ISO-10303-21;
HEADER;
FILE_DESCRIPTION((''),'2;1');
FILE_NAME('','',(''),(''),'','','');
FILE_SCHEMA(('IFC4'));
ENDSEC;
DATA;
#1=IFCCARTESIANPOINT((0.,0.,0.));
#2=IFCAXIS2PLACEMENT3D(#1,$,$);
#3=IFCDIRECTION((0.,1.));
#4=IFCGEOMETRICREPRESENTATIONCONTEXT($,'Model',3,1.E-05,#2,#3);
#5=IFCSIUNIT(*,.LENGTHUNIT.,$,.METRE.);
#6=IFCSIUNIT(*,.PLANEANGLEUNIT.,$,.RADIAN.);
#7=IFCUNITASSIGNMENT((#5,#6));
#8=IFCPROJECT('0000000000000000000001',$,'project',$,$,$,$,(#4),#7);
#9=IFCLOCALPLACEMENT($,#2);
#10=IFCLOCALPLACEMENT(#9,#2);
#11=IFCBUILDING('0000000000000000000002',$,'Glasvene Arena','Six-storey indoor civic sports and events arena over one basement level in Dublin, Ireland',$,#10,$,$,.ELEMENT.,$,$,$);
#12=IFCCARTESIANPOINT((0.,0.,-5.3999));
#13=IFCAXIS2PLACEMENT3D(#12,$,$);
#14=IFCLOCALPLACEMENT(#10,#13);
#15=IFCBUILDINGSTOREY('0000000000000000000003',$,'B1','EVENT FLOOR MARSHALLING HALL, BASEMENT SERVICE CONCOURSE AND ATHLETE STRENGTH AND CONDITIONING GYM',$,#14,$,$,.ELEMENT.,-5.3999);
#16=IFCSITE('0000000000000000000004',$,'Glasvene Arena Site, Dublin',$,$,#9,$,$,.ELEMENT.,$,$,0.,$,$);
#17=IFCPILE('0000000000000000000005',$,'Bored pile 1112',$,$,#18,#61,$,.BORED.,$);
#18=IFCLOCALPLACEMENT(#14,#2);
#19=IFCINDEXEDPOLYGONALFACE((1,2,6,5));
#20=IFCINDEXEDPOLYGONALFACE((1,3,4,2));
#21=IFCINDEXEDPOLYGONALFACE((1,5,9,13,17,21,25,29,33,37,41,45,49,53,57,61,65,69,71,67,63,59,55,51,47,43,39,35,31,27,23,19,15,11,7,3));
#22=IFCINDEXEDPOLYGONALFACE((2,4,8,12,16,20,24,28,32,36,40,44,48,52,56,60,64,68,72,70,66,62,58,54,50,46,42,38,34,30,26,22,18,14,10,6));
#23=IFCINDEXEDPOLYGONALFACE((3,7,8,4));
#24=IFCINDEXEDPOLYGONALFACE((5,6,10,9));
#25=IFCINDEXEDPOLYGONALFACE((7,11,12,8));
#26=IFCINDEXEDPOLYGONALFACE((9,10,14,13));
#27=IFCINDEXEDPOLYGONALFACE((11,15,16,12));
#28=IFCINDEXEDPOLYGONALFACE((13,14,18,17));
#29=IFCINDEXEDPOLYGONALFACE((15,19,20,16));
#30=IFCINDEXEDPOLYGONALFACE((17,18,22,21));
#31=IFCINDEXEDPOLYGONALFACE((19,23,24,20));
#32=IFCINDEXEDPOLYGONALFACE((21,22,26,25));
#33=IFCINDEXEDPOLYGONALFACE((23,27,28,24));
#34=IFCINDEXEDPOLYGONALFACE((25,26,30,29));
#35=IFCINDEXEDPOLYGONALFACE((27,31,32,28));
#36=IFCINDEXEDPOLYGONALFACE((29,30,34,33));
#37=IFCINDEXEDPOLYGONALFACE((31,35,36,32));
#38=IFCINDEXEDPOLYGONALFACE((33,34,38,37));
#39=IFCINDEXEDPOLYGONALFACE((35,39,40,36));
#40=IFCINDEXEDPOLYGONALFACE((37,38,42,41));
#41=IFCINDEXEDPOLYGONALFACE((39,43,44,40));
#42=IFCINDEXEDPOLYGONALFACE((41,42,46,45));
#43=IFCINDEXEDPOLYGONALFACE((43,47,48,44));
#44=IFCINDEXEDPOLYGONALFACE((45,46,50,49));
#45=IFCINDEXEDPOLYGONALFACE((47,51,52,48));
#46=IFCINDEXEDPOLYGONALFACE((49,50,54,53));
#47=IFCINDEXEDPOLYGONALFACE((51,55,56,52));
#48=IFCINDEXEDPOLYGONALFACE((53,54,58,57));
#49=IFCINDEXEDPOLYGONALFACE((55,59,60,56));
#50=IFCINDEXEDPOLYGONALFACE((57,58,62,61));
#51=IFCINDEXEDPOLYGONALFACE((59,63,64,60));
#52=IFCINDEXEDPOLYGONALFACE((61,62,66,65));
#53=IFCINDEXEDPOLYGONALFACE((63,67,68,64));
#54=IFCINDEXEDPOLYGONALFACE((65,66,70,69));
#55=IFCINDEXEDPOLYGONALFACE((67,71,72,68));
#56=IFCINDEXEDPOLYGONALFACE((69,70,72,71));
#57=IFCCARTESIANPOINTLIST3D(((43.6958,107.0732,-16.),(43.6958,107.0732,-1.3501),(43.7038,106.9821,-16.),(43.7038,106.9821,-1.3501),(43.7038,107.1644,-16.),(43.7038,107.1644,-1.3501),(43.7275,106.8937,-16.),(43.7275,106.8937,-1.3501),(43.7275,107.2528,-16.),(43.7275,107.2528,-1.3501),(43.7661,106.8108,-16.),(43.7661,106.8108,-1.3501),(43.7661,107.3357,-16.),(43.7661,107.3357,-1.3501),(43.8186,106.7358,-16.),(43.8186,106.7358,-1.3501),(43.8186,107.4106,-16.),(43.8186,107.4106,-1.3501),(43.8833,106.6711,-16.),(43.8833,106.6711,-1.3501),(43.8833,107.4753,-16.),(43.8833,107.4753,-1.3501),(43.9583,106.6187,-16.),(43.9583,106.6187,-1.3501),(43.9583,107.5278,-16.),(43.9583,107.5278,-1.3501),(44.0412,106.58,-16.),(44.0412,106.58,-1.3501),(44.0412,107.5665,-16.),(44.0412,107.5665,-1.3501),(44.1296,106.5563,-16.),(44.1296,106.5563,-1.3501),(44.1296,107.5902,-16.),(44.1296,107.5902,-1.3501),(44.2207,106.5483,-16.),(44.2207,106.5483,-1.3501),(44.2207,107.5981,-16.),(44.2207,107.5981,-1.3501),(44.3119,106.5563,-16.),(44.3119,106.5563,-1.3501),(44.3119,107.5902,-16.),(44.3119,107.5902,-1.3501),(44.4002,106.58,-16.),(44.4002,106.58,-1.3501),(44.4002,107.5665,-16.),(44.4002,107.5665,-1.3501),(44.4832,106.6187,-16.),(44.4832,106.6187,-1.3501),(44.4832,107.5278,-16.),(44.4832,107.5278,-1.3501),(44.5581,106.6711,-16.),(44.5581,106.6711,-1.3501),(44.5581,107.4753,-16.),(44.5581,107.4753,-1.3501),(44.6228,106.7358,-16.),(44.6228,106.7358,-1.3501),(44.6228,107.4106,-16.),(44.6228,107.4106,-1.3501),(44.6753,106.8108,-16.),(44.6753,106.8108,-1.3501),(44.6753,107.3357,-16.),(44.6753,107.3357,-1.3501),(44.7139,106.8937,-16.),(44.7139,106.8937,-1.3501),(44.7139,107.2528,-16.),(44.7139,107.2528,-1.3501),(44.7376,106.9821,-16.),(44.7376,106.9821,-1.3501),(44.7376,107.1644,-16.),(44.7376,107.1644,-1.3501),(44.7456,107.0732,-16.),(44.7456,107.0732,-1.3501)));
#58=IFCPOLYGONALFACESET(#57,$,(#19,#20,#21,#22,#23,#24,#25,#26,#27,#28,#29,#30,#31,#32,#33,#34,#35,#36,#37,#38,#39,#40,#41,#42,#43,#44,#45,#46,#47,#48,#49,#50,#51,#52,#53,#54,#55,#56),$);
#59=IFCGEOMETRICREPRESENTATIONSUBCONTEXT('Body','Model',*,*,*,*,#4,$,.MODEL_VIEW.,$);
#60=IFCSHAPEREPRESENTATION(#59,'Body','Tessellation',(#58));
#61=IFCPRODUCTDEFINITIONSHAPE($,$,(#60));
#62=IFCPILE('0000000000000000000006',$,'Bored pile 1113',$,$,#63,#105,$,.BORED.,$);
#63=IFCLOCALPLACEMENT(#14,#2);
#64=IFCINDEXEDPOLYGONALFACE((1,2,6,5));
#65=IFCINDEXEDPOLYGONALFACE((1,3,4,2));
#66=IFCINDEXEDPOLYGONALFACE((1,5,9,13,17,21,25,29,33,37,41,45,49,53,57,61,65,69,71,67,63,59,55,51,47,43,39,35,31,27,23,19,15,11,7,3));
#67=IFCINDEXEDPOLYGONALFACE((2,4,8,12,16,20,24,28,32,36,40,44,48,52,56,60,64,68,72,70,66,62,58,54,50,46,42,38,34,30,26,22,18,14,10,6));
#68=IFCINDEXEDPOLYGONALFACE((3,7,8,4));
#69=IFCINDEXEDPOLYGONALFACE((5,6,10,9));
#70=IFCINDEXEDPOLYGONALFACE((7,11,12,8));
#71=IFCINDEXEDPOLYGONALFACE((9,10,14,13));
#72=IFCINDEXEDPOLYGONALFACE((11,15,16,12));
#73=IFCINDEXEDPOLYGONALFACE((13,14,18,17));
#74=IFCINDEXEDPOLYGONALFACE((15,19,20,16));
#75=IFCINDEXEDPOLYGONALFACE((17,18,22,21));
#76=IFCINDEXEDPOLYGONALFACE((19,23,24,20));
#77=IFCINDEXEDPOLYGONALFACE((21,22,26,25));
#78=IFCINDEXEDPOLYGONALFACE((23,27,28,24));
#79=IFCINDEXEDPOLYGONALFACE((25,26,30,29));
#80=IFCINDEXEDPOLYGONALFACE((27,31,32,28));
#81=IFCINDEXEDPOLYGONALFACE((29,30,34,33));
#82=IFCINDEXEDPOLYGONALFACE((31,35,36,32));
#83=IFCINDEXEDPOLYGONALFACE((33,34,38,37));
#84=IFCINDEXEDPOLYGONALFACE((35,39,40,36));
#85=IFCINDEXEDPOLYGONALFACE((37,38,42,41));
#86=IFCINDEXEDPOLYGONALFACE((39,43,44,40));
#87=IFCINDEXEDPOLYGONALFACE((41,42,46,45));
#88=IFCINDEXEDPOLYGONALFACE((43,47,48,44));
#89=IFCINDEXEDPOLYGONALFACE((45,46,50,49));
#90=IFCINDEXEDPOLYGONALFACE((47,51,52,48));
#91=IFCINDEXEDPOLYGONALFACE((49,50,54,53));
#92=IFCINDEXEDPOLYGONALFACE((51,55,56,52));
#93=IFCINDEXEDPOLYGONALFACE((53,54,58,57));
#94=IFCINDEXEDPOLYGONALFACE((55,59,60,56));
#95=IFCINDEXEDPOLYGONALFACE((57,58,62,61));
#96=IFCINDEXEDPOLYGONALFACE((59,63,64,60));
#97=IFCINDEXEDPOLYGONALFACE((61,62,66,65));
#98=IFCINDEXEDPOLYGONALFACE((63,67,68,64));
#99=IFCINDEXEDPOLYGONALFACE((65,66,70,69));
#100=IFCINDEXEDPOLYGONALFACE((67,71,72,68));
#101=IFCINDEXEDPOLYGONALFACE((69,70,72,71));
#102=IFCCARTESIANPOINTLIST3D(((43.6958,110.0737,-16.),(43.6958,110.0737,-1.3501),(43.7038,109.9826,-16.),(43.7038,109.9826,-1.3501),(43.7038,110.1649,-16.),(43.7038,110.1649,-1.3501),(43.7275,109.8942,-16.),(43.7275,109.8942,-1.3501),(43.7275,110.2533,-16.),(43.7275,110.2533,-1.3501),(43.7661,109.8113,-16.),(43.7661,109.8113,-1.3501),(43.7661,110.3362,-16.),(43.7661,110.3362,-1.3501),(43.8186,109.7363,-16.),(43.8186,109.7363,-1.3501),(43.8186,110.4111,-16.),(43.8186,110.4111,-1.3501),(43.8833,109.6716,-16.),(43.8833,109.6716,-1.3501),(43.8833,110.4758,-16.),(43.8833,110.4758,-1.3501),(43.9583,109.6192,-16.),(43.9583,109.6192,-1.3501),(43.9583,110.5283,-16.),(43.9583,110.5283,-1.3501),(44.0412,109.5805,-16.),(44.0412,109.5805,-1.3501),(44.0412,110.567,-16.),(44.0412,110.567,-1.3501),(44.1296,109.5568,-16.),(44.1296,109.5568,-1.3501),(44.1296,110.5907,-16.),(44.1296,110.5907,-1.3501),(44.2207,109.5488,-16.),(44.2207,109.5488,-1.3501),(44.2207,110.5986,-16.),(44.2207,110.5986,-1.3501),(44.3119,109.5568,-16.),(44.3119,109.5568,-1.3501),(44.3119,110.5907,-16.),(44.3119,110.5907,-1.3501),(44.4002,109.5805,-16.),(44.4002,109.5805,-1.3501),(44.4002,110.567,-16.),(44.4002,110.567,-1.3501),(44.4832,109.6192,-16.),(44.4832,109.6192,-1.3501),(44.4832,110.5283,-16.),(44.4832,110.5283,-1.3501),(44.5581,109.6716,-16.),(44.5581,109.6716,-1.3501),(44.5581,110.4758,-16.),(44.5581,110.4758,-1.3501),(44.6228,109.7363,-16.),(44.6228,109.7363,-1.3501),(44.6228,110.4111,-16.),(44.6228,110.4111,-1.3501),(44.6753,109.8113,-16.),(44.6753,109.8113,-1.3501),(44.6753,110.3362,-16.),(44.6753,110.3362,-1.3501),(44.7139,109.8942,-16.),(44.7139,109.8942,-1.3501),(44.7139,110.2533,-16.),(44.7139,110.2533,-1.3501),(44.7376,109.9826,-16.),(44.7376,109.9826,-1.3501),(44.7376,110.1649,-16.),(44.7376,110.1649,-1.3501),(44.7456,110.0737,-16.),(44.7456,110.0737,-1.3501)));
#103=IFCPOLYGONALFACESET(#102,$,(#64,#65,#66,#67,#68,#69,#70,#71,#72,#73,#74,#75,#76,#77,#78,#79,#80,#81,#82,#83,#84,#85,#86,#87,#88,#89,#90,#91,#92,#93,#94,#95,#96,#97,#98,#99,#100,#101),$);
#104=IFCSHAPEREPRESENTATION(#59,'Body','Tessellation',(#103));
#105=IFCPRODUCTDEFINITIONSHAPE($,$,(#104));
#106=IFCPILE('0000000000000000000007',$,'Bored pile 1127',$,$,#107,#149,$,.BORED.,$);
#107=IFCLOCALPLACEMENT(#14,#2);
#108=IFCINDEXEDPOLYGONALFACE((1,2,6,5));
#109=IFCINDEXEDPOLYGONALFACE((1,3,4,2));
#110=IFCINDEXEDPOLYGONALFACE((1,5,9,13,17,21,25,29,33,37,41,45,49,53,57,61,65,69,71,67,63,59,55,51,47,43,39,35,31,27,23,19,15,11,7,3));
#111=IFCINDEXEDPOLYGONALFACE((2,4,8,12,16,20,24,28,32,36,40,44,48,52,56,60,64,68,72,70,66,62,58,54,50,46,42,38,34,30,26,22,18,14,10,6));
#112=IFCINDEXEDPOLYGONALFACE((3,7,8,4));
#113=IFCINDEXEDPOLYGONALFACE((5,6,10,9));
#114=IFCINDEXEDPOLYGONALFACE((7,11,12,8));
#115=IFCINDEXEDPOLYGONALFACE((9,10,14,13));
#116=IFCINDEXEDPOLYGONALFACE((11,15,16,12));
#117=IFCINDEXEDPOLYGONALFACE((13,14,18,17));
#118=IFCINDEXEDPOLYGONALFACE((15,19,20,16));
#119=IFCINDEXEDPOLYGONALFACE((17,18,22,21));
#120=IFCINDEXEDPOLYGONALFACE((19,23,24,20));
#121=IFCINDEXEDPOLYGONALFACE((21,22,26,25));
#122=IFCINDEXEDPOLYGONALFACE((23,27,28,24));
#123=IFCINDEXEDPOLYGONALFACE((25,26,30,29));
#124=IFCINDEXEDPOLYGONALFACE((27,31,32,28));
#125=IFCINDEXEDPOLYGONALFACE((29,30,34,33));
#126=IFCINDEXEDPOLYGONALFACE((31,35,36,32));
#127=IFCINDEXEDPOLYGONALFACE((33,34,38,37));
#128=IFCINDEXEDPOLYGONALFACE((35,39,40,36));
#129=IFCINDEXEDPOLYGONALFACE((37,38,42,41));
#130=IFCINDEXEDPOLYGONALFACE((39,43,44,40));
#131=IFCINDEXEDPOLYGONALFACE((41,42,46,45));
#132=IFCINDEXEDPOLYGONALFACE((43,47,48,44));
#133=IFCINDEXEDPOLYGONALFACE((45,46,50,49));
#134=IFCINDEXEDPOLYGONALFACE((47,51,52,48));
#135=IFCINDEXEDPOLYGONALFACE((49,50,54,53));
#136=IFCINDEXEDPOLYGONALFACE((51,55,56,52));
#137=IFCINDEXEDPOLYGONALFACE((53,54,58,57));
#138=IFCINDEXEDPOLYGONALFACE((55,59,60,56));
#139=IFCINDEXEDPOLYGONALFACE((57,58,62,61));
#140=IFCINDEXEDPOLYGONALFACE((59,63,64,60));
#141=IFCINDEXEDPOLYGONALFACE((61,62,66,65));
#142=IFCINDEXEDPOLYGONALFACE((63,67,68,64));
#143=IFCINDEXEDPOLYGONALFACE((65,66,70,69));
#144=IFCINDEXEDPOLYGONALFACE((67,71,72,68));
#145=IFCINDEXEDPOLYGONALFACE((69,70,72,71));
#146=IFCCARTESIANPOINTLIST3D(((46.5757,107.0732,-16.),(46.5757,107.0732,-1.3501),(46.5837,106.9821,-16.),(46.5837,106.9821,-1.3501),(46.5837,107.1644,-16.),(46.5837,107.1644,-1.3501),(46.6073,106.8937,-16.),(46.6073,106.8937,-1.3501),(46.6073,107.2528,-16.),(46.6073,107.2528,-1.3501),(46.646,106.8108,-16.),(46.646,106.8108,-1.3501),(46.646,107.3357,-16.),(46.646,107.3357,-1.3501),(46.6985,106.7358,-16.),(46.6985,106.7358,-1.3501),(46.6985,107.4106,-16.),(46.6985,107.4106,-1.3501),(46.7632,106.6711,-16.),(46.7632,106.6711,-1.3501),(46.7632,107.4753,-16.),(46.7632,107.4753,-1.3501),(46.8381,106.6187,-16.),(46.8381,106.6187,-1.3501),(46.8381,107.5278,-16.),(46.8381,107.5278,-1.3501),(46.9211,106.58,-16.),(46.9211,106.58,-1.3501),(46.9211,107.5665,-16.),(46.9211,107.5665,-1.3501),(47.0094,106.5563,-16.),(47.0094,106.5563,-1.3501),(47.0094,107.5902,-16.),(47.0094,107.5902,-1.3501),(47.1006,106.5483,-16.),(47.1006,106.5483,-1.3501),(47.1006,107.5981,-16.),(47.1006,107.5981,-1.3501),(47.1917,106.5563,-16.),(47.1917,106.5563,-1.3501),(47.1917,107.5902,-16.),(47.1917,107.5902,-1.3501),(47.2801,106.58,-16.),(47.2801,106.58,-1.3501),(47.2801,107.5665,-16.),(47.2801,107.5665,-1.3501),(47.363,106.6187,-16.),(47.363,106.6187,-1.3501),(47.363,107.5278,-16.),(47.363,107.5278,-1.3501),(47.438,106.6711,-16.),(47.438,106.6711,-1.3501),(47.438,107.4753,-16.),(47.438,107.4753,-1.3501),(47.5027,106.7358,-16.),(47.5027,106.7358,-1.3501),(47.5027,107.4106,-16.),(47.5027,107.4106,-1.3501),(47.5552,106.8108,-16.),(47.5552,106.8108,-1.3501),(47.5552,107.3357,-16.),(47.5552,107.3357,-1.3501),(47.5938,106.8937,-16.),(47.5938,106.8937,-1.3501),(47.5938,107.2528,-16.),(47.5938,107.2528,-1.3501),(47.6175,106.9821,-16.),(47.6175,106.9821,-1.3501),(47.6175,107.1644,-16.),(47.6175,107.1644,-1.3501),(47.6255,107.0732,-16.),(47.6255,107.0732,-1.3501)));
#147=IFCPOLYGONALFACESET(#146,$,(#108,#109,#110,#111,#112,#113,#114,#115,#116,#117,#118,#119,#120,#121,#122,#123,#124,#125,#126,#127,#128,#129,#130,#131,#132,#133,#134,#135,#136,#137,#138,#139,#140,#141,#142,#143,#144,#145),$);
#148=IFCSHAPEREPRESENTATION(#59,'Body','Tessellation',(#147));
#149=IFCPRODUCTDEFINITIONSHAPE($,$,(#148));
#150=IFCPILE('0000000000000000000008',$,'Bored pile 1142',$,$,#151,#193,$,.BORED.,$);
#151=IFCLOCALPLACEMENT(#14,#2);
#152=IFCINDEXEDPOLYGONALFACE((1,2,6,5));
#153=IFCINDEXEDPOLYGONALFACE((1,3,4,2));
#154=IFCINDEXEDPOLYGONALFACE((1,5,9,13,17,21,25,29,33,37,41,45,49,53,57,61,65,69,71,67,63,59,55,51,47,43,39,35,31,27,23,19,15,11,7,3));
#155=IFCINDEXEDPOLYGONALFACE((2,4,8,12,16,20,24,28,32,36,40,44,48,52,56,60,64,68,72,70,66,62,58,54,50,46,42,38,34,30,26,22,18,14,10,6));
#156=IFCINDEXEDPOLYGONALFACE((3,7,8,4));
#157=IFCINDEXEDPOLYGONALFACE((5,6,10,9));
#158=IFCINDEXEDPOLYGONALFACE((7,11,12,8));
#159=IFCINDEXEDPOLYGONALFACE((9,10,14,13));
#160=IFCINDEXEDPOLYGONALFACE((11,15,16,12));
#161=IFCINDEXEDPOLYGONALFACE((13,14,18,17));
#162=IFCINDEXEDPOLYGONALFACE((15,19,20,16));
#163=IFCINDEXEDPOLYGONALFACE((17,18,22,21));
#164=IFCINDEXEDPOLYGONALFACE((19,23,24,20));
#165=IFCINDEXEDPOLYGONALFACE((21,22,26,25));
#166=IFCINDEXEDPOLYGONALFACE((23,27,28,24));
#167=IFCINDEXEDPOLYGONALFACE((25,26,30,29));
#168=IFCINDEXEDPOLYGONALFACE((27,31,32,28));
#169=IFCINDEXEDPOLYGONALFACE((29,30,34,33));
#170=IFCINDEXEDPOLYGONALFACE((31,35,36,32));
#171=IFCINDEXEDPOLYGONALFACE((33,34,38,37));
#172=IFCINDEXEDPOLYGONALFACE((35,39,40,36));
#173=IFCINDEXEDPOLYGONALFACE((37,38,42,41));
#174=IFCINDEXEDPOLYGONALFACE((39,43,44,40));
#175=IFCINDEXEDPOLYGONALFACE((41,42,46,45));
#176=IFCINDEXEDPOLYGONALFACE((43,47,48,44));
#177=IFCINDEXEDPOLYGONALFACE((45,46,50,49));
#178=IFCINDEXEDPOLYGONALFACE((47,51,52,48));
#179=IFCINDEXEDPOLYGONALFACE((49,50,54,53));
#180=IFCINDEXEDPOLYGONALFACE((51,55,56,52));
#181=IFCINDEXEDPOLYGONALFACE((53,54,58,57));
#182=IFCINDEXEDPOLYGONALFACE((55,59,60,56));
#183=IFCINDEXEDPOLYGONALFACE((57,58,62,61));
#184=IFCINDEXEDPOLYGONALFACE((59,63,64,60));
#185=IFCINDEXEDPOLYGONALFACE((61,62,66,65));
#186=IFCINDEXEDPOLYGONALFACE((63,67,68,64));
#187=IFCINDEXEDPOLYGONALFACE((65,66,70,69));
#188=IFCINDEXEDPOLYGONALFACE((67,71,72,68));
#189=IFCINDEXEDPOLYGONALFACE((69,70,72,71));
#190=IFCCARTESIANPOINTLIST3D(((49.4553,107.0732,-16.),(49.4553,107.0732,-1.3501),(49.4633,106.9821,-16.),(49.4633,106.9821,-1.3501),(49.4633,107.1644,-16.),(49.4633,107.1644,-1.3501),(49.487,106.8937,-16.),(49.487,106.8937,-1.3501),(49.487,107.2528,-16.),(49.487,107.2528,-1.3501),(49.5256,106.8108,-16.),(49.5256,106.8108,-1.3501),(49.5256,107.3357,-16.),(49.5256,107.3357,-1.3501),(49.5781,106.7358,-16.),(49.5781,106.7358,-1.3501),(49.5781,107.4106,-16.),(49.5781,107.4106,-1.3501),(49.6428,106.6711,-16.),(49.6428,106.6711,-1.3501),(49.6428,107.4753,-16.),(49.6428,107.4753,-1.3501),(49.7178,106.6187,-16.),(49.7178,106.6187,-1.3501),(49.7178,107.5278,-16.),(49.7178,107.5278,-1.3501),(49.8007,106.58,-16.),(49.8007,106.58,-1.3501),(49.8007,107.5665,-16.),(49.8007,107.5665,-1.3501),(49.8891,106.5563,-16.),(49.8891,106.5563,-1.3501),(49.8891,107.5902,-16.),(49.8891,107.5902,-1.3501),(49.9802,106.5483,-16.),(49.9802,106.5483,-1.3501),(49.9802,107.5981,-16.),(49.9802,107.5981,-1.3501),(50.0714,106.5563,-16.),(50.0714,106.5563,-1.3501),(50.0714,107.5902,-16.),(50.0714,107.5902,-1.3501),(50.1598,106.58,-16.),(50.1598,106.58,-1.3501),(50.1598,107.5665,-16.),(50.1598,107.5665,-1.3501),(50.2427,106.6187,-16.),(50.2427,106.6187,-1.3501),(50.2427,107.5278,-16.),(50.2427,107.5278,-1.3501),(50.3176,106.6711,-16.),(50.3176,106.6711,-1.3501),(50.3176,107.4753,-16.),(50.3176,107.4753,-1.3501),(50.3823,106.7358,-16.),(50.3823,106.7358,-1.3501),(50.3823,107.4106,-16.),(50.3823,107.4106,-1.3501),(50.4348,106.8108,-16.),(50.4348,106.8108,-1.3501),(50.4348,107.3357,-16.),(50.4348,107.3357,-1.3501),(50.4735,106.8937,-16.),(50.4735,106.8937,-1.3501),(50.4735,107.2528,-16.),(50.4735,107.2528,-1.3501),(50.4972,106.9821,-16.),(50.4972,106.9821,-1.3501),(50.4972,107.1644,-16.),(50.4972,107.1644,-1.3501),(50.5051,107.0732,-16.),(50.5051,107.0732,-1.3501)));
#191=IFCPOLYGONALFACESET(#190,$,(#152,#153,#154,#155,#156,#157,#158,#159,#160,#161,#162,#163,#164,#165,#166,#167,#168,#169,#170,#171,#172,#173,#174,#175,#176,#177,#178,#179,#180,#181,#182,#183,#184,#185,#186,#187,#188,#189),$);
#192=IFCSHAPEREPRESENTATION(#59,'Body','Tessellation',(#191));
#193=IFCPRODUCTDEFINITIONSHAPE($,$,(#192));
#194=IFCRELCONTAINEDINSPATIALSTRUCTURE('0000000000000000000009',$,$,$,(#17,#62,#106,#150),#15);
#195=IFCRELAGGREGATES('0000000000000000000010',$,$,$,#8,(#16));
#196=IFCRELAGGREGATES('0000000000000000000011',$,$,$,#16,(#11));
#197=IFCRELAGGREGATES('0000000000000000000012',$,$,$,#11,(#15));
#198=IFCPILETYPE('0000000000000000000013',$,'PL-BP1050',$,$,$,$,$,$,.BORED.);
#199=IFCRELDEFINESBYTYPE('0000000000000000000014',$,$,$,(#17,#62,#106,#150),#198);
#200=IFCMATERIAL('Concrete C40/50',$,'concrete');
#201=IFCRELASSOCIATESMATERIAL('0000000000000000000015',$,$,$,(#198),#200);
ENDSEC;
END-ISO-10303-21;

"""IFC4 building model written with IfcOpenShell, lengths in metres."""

from ifc_helpers import new_model, si_unit, direction, frame, origin, origin_2d, place, context, subcontext, project, spatial, circle, extrude, material, material_profile, profile_set, type_object, element, save


model = new_model("IFC4")

# Units and contexts
model_context = context("Model", 3, precision=1e-05, world=origin(), true_north=direction((0.0, 1.0)))
body_context = subcontext(model_context, "Body", "Model", "MODEL_VIEW")
ifc_project = project(units=[si_unit("LENGTHUNIT", "METRE"), si_unit("PLANEANGLEUNIT", "RADIAN")], contexts=[model_context])

# Site, building, storey
site_placement = place(None, origin())
site = spatial("IfcSite", under=ifc_project, at=site_placement, Name="Glasvene Arena Site, Dublin", CompositionType="ELEMENT", RefElevation=0.0)
building_placement = place(site_placement, origin())
building = spatial("IfcBuilding", under=site, at=building_placement, Name="Glasvene Arena", Description="Six-storey indoor civic sports and events arena over one basement level in Dublin, Ireland", CompositionType="ELEMENT")
storey_placement = place(building_placement, frame((0.0, 0.0, -5.3999)))
storey = spatial("IfcBuildingStorey", under=building, at=storey_placement, Name="B1", Description="EVENT FLOOR MARSHALLING HALL, BASEMENT SERVICE CONCOURSE AND ATHLETE STRENGTH AND CONDITIONING GYM", CompositionType="ELEMENT", Elevation=-5.3999)

# Piles
ifc_material_1 = material(Name="Concrete C40/50", Category="concrete")
ifc_material_profile_1 = material_profile(ifc_material_1, circle(Radius=0.5249, at=origin_2d()), Name="BORED PILE 1050")
ifc_profile_set_1 = profile_set([ifc_material_profile_1], Name="Concrete C40/50")
pile_type = type_object("IfcPileType", Name="PL-BP1050", PredefinedType="BORED", material=ifc_profile_set_1)
for number, where, z_axis, x_axis, name in (
    (1, (44.2207, 107.0732, -1.3501), (0.0, 0.0, -1.0), (1.0, 0.0, 0.0), "Bored pile 1112"),
    (2, (44.2207, 110.0737, -1.3501), (0.0, 0.0, -1.0), (1.0, 0.0, 0.0), "Bored pile 1113"),
    (3, (47.1006, 107.0732, -1.3501), (0.0, 0.0, -1.0), (1.0, 0.0, 0.0), "Bored pile 1127"),
    (4, (49.9802, 107.0732, -1.3501), (0.0, 0.0, -1.0), (1.0, 0.0, 0.0), "Bored pile 1142"),
):
    element("IfcPile", number, at=place(storey_placement, frame(where, z_axis=z_axis, x_axis=x_axis)), inside=storey, type_object=pile_type, Name=name, PredefinedType="BORED", context=body_context, shape_type="SweptSolid", body=[
        extrude(circle(Radius=0.5249, at=origin_2d()), origin(), (0.0, 0.0, 1.0), 14.6499),
    ])

save(model, "model.ifc")
